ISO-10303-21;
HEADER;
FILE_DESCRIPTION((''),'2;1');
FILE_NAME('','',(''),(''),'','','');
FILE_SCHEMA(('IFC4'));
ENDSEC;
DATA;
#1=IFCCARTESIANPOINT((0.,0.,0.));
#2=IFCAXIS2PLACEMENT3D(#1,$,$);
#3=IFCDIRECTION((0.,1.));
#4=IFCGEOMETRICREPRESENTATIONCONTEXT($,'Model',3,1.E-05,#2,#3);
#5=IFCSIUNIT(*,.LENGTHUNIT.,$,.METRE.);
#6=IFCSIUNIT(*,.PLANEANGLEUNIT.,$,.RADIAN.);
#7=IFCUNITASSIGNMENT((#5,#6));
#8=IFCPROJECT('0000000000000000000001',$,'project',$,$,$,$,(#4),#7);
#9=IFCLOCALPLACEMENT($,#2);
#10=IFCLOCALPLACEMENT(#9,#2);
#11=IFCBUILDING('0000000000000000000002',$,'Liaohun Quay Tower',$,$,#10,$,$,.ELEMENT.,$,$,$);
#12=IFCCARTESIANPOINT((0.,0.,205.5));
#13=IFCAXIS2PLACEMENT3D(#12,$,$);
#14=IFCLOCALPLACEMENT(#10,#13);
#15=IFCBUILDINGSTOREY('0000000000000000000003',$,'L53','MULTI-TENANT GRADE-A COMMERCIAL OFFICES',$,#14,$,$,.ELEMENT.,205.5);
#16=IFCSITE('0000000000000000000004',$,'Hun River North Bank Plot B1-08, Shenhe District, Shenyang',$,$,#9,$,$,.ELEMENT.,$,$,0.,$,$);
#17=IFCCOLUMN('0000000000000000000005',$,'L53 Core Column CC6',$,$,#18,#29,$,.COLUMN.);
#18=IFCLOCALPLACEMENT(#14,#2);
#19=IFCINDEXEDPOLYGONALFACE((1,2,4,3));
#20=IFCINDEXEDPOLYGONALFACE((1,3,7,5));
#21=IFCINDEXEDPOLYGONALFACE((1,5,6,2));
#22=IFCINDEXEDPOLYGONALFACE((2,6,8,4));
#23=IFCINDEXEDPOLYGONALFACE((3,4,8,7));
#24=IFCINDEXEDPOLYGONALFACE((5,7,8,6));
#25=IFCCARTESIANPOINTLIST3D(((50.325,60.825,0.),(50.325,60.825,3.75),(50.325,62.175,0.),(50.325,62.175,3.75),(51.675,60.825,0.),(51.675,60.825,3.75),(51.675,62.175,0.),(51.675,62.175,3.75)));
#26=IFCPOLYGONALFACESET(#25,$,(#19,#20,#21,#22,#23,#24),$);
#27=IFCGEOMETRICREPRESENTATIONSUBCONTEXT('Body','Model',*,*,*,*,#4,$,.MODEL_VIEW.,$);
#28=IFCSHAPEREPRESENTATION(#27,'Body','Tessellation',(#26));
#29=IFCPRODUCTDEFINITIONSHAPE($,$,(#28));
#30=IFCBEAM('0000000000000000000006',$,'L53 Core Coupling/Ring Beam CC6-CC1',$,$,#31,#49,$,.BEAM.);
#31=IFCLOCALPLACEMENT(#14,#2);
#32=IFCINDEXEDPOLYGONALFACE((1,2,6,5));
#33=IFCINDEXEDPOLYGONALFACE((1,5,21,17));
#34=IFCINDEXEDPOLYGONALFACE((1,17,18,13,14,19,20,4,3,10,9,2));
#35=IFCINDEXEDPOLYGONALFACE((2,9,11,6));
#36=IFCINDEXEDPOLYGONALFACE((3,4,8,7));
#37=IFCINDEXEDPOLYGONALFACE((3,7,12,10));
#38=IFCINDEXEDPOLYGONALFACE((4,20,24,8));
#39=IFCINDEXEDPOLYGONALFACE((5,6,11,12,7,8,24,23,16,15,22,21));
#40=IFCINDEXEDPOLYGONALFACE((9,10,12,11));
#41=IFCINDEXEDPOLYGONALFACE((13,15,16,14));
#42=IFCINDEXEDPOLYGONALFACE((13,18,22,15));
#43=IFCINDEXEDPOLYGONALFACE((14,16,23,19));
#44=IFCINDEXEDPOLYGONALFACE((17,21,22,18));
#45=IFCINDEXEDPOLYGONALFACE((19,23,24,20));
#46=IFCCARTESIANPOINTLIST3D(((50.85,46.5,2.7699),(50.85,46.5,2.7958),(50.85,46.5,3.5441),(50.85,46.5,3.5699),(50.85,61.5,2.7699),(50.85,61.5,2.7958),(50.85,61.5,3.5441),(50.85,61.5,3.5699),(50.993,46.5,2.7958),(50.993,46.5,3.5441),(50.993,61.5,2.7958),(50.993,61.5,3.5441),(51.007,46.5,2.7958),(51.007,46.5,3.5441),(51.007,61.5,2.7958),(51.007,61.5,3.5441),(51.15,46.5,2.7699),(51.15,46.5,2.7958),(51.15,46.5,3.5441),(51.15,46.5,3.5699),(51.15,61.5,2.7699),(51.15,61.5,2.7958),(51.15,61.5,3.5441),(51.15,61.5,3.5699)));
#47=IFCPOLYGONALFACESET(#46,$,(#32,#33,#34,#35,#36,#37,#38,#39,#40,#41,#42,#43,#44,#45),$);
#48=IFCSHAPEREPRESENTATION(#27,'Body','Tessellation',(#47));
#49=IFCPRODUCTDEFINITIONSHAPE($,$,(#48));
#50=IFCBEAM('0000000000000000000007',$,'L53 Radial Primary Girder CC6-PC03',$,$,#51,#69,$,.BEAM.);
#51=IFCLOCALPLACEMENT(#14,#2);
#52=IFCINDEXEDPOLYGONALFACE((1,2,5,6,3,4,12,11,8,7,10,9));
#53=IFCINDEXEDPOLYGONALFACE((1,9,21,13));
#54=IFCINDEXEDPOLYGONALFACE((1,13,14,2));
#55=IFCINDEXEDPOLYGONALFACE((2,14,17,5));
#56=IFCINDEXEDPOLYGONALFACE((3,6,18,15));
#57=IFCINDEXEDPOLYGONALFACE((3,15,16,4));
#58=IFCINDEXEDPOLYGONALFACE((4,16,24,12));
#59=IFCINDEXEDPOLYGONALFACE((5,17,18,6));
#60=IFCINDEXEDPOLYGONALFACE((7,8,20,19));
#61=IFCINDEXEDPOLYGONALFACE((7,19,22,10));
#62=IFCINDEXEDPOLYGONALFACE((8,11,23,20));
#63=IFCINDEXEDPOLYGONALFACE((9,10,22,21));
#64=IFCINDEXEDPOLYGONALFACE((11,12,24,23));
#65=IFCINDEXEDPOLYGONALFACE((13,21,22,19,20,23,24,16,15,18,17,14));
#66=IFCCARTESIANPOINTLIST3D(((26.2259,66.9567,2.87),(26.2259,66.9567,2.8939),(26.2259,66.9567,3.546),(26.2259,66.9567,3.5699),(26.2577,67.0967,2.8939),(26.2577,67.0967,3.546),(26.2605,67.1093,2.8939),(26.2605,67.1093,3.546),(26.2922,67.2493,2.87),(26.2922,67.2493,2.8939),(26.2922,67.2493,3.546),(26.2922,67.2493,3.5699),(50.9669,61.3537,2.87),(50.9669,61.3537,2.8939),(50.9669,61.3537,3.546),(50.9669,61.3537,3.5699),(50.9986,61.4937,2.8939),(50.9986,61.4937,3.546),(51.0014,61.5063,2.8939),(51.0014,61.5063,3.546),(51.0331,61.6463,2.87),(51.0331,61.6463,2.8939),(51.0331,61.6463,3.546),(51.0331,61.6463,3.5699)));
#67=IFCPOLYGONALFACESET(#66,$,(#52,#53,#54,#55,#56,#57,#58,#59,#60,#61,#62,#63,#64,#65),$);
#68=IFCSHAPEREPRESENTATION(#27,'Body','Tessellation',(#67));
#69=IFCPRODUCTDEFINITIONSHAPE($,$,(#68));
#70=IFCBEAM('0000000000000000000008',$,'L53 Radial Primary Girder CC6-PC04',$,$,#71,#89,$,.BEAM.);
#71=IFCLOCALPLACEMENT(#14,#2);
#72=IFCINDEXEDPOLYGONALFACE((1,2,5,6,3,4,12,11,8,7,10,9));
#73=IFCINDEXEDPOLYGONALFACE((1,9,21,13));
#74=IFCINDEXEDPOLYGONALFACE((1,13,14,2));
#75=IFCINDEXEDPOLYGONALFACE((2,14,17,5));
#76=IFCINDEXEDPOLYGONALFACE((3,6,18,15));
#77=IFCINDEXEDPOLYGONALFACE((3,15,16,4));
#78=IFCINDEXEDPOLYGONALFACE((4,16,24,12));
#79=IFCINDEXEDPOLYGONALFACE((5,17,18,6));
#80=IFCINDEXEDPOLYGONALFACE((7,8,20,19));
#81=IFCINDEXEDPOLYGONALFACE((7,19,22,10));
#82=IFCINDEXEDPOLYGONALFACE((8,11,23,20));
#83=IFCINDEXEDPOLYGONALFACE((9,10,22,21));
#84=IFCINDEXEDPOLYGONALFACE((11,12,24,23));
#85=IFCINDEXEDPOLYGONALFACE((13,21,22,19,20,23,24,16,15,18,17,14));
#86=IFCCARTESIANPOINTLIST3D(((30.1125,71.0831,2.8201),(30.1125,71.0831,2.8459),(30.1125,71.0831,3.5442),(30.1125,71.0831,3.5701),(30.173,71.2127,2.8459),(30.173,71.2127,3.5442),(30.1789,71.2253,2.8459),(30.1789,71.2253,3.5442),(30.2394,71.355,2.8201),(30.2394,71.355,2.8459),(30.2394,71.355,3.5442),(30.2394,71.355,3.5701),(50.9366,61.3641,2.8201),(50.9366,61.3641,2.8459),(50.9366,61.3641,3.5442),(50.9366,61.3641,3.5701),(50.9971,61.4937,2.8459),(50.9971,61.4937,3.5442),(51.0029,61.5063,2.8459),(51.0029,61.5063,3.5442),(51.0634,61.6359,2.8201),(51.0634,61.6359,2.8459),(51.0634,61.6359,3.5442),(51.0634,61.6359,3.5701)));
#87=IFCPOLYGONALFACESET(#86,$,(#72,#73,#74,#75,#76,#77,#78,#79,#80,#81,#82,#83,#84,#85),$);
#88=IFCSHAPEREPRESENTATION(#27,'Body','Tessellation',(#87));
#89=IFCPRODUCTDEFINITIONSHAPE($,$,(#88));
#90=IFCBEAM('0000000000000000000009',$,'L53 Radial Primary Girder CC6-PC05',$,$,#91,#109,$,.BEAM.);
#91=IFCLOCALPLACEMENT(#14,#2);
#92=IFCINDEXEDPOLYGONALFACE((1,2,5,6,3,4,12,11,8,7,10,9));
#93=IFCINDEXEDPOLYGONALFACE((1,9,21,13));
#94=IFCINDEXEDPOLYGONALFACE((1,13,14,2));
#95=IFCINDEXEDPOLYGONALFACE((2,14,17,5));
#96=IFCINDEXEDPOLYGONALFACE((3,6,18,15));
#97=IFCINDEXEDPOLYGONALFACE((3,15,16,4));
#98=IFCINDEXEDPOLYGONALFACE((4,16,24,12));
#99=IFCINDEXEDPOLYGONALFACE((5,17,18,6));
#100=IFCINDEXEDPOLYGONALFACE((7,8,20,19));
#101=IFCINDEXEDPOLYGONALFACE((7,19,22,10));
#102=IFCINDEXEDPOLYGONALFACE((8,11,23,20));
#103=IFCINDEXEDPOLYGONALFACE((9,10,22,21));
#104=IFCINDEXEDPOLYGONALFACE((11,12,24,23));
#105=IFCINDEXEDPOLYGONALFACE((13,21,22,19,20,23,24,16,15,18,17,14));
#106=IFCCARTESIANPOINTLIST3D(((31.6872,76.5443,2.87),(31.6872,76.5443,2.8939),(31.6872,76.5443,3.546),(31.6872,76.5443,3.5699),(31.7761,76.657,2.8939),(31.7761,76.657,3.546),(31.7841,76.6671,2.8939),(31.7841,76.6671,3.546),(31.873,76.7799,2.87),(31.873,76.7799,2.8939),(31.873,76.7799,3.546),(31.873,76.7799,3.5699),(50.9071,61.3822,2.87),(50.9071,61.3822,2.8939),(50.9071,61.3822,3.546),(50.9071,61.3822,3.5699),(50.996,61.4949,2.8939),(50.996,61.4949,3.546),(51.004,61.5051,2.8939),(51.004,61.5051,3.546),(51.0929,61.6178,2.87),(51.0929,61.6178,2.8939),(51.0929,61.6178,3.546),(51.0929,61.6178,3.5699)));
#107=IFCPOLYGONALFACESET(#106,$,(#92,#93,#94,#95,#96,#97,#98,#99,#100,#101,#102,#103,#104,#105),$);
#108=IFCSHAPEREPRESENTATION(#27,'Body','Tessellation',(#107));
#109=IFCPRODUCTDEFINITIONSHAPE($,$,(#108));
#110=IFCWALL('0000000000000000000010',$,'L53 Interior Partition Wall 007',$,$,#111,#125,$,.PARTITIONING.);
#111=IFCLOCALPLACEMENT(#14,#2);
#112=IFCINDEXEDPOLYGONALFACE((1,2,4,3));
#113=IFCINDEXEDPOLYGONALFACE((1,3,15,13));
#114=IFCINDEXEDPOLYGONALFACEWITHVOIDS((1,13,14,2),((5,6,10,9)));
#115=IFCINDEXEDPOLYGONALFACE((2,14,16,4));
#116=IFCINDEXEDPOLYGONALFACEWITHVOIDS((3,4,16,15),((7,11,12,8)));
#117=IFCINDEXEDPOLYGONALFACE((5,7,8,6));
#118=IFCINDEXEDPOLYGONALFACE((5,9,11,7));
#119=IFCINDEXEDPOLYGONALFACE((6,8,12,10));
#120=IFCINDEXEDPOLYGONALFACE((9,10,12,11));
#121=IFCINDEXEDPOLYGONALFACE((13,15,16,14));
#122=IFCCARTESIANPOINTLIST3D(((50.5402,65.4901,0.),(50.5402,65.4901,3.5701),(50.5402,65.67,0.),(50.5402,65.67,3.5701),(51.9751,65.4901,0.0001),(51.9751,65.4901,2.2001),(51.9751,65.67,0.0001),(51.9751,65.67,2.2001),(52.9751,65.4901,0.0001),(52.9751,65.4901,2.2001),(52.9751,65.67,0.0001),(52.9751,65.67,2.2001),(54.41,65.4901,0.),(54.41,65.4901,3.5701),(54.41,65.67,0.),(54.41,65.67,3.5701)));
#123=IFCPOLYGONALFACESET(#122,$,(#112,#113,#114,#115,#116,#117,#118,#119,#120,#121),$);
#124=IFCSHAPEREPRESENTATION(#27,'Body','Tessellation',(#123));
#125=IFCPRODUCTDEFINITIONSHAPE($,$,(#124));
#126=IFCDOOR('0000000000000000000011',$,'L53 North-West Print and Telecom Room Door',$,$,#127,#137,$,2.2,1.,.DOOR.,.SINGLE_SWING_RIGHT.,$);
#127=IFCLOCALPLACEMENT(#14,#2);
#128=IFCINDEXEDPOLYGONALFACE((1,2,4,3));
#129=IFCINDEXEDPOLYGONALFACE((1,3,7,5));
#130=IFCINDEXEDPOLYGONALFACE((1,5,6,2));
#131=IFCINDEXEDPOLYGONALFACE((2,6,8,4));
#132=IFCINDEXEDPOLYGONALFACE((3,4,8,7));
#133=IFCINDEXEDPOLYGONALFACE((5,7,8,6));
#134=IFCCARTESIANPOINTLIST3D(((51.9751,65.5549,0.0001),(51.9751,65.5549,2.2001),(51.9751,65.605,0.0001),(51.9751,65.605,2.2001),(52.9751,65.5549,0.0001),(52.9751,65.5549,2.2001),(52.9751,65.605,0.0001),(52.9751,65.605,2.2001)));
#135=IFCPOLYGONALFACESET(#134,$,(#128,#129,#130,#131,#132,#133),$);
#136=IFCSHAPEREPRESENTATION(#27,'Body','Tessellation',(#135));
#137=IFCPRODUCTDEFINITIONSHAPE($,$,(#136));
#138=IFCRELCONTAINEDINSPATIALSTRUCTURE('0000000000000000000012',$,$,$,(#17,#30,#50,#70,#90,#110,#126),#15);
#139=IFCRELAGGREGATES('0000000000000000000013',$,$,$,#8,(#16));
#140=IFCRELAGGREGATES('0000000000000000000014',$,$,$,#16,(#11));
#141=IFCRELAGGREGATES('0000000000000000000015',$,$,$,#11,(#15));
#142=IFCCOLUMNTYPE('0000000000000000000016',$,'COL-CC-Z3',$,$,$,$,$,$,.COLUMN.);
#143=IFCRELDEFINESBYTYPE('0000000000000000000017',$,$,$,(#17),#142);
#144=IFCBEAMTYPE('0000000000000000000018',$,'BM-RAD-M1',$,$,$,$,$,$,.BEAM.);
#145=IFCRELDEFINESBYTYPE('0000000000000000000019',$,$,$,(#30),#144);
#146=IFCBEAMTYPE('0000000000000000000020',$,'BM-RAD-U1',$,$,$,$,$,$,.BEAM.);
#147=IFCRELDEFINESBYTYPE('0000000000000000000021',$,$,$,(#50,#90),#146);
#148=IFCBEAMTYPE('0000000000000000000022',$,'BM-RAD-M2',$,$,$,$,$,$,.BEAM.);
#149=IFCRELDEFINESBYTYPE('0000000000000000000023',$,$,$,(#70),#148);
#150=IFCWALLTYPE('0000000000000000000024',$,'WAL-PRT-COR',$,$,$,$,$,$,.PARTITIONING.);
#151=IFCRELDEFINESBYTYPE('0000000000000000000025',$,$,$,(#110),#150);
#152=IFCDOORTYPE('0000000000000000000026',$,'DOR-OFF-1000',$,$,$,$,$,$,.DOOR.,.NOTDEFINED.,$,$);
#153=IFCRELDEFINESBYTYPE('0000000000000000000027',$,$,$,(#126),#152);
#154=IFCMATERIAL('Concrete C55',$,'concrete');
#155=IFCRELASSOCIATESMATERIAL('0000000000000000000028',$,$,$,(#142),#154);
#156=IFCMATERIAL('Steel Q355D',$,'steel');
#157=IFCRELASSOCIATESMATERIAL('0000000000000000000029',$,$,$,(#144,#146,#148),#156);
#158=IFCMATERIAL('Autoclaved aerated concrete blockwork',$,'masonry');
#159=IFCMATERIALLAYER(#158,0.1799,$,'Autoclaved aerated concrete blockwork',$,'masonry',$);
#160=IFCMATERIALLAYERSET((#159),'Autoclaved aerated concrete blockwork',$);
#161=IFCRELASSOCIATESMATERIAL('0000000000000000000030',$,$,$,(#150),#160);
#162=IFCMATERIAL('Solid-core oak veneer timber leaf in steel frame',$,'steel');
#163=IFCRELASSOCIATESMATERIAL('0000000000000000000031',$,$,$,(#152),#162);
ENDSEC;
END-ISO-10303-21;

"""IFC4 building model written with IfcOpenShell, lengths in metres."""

from ifc_helpers import new_model, si_unit, direction, frame, frame_2d, origin, origin_2d, place, context, subcontext, project, spatial, rectangle, i_section, extrude, source, transform, mapped, material, layer, layer_set, material_profile, profile_set, type_object, element, fill, save


model = new_model("IFC4")

# Units and contexts
model_context = context("Model", 3, precision=1e-05, world=origin(), true_north=direction((0.0, 1.0)))
body_context = subcontext(model_context, "Body", "Model", "MODEL_VIEW")
ifc_project = project(units=[si_unit("LENGTHUNIT", "METRE"), si_unit("PLANEANGLEUNIT", "RADIAN")], contexts=[model_context])

# Site, building, storey
site_placement = place(None, origin())
site = spatial("IfcSite", under=ifc_project, at=site_placement, Name="Hun River North Bank Plot B1-08, Shenhe District, Shenyang", CompositionType="ELEMENT", RefElevation=0.0)
building_placement = place(site_placement, origin())
building = spatial("IfcBuilding", under=site, at=building_placement, Name="Liaohun Quay Tower", CompositionType="ELEMENT")
storey_placement = place(building_placement, frame((0.0, 0.0, 205.5)))
storey = spatial("IfcBuildingStorey", under=building, at=storey_placement, Name="L53", Description="MULTI-TENANT GRADE-A COMMERCIAL OFFICES", CompositionType="ELEMENT", Elevation=205.5)

# Column
ifc_material_1 = material(Name="Concrete C55", Category="concrete")
ifc_material_profile_1 = material_profile(ifc_material_1, rectangle(XDim=1.3501, YDim=1.3501, at=origin_2d()), Name="RC1350x1350")
ifc_profile_set_1 = profile_set([ifc_material_profile_1], Name="Concrete C55")
column_type = type_object("IfcColumnType", Name="COL-CC-Z3", PredefinedType="COLUMN", material=ifc_profile_set_1)
shared_shape_1 = source(origin(), body_context, "Body", "SweptSolid", [
    extrude(rectangle(XDim=1.3501, YDim=1.3501, at=origin_2d()), origin(), (0.0, 0.0, 1.0), 3.75),
])
column_placement = place(storey_placement, frame((51.0, 61.5, 0.0), z_axis=(0.0, 0.0, 1.0), x_axis=(1.0, 0.0, 0.0)))
element("IfcColumn", 1, at=column_placement, inside=storey, type_object=column_type, Name="L53 Core Column CC6", PredefinedType="COLUMN", context=body_context, shape_type="MappedRepresentation", body=[
    mapped(shared_shape_1, transform((0.0, 0.0, 0.0), x_axis=(1.0, 0.0, 0.0), y_axis=(0.0, 1.0, 0.0), z_axis=(0.0, 0.0, 1.0), scale=1.0)),
])

# Beams
ifc_material_2 = material(Name="Steel Q355D", Category="steel")
ifc_material_profile_2 = material_profile(ifc_material_2, i_section(OverallWidth=0.3, OverallDepth=0.8, WebThickness=0.0139, FlangeThickness=0.0259, at=origin_2d()), Name="HN800x300x14x26")
ifc_profile_set_2 = profile_set([ifc_material_profile_2], Name="Steel Q355D")
beam_type_1 = type_object("IfcBeamType", Name="BM-RAD-M1", PredefinedType="BEAM", material=ifc_profile_set_2)
shared_shape_2 = source(origin(), body_context, "Body", "SweptSolid", [
    extrude(i_section(OverallWidth=0.3, OverallDepth=0.8, WebThickness=0.0139, FlangeThickness=0.0259, at=origin_2d()), origin(), (0.0, 0.0, 1.0), 15.0),
])
beam_1_placement = place(storey_placement, frame((51.0, 61.5, 3.1699), z_axis=(0.0, -1.0, 0.0), x_axis=(1.0, 0.0, 0.0)))
element("IfcBeam", 2, at=beam_1_placement, inside=storey, type_object=beam_type_1, Name="L53 Core Coupling/Ring Beam CC6-CC1", PredefinedType="BEAM", context=body_context, shape_type="MappedRepresentation", body=[
    mapped(shared_shape_2, transform((0.0, 0.0, 0.0), x_axis=(1.0, 0.0, 0.0), y_axis=(0.0, 1.0, 0.0), z_axis=(0.0, 0.0, 1.0), scale=1.0)),
])
ifc_material_profile_3 = material_profile(ifc_material_2, i_section(OverallWidth=0.3, OverallDepth=0.7, WebThickness=0.0129, FlangeThickness=0.0239, at=origin_2d()), Name="HN700x300x13x24")
ifc_profile_set_3 = profile_set([ifc_material_profile_3], Name="Steel Q355D")
beam_type_2 = type_object("IfcBeamType", Name="BM-RAD-U1", PredefinedType="BEAM", material=ifc_profile_set_3)
shared_shape_3 = source(origin(), body_context, "Body", "SweptSolid", [
    extrude(i_section(OverallWidth=0.3, OverallDepth=0.7, WebThickness=0.0129, FlangeThickness=0.0239, at=origin_2d()), origin(), (0.0, 0.0, 1.0), 25.3674),
])
beam_2_placement = place(storey_placement, frame((51.0, 61.5, 3.22), z_axis=(-0.975302, 0.220874, 0.0), x_axis=(-0.220874, -0.975302, 0.0)))
element("IfcBeam", 3, at=beam_2_placement, inside=storey, type_object=beam_type_2, Name="L53 Radial Primary Girder CC6-PC03", PredefinedType="BEAM", context=body_context, shape_type="MappedRepresentation", body=[
    mapped(shared_shape_3, transform((0.0, 0.0, 0.0), x_axis=(1.0, 0.0, 0.0), y_axis=(0.0, 1.0, 0.0), z_axis=(0.0, 0.0, 1.0), scale=1.0)),
])
ifc_material_profile_4 = material_profile(ifc_material_2, i_section(OverallWidth=0.3, OverallDepth=0.75, WebThickness=0.0139, FlangeThickness=0.0259, at=origin_2d()), Name="HN750x300x14x26")
ifc_profile_set_4 = profile_set([ifc_material_profile_4], Name="Steel Q355D")
beam_type_3 = type_object("IfcBeamType", Name="BM-RAD-M2", PredefinedType="BEAM", material=ifc_profile_set_4)
shared_shape_4 = source(origin(), body_context, "Body", "SweptSolid", [
    extrude(i_section(OverallWidth=0.3, OverallDepth=0.75, WebThickness=0.0139, FlangeThickness=0.0259, at=origin_2d()), origin(), (0.0, 0.0, 1.0), 22.9805),
])
beam_3_placement = place(storey_placement, frame((51.0, 61.5, 3.1951), z_axis=(-0.906164, 0.422926, 0.0), x_axis=(-0.422926, -0.906164, 0.0)))
element("IfcBeam", 4, at=beam_3_placement, inside=storey, type_object=beam_type_3, Name="L53 Radial Primary Girder CC6-PC04", PredefinedType="BEAM", context=body_context, shape_type="MappedRepresentation", body=[
    mapped(shared_shape_4, transform((0.0, 0.0, 0.0), x_axis=(1.0, 0.0, 0.0), y_axis=(0.0, 1.0, 0.0), z_axis=(0.0, 0.0, 1.0), scale=1.0)),
])
shared_shape_5 = source(origin(), body_context, "Body", "SweptSolid", [
    extrude(i_section(OverallWidth=0.3, OverallDepth=0.7, WebThickness=0.0129, FlangeThickness=0.0239, at=origin_2d()), origin(), (0.0, 0.0, 1.0), 24.4805),
])
beam_4_placement = place(storey_placement, frame((51.0, 61.5, 3.22), z_axis=(-0.785112, 0.619354, 0.0), x_axis=(-0.619354, -0.785112, 0.0)))
element("IfcBeam", 5, at=beam_4_placement, inside=storey, type_object=beam_type_2, Name="L53 Radial Primary Girder CC6-PC05", PredefinedType="BEAM", context=body_context, shape_type="MappedRepresentation", body=[
    mapped(shared_shape_5, transform((0.0, 0.0, 0.0), x_axis=(1.0, 0.0, 0.0), y_axis=(0.0, 1.0, 0.0), z_axis=(0.0, 0.0, 1.0), scale=1.0)),
])

# Wall, opening, door
ifc_material_3 = material(Name="Autoclaved aerated concrete blockwork", Category="masonry")
ifc_layer_1 = layer(ifc_material_3, 0.1799, Name="Autoclaved aerated concrete blockwork", Category="masonry")
ifc_layer_set_1 = layer_set([ifc_layer_1], Name="Autoclaved aerated concrete blockwork")
wall_type_1 = type_object("IfcWallType", Name="WAL-PRT-COR", PredefinedType="PARTITIONING", material=ifc_layer_set_1)
wall_1_placement = place(storey_placement, frame((50.54, 65.5801, 0.0), z_axis=(0.0, 0.0, 1.0), x_axis=(1.0, 0.0, 0.0)))
wall_1 = element("IfcWall", 6, at=wall_1_placement, inside=storey, type_object=wall_type_1, Name="L53 Interior Partition Wall 007", PredefinedType="PARTITIONING", context=body_context, shape_type="SweptSolid", body=[
    extrude(rectangle(XDim=3.8699, YDim=0.1799, at=frame_2d((1.9351, 0.0))), origin(), (0.0, 0.0, 1.0), 3.5701),
])
shared_shape_6 = source(origin(), body_context, "Body", "SweptSolid", [
    extrude(rectangle(XDim=1.0, YDim=2.2, at=frame_2d((0.5, 1.1001))), frame((0.0, 0.0999, 0.0), z_axis=(0.0, -1.0, 0.0), x_axis=(1.0, 0.0, 0.0)), (0.0, 0.0, 1.0), 0.2),
])
opening_1_placement = place(wall_1_placement, frame((1.4351, 0.0, 0.0)))
opening_1 = element("IfcOpeningElement", 7, at=opening_1_placement, cuts=wall_1, PredefinedType="OPENING", context=body_context, shape_type="MappedRepresentation", body=[
    mapped(shared_shape_6, transform((0.0, 0.0, 0.0), x_axis=(1.0, 0.0, 0.0), y_axis=(0.0, 1.0, 0.0), z_axis=(0.0, 0.0, 1.0), scale=1.0)),
])
ifc_material_4 = material(Name="Solid-core oak veneer timber leaf in steel frame", Category="steel")
door_type_1 = type_object("IfcDoorType", Name="DOR-OFF-1000", OperationType="NOTDEFINED", PredefinedType="DOOR", material=ifc_material_4)
shared_shape_7 = source(origin(), body_context, "Body", "SweptSolid", [
    extrude(rectangle(XDim=1.0, YDim=2.2, at=frame_2d((0.5, 1.1001))), frame((0.0, 0.0249, 0.0), z_axis=(0.0, -1.0, 0.0), x_axis=(1.0, 0.0, 0.0)), (0.0, 0.0, 1.0), 0.05),
])
door_1_placement = place(opening_1_placement, origin())
door_1 = element("IfcDoor", 8, at=door_1_placement, inside=storey, type_object=door_type_1, Name="L53 North-West Print and Telecom Room Door", OperationType="SINGLE_SWING_RIGHT", OverallHeight=2.2, OverallWidth=1.0, PredefinedType="DOOR", context=body_context, shape_type="MappedRepresentation", body=[
    mapped(shared_shape_7, transform((0.0, 0.0, 0.0), x_axis=(1.0, 0.0, 0.0), y_axis=(0.0, 1.0, 0.0), z_axis=(0.0, 0.0, 1.0), scale=1.0)),
])
fill(opening_1, door_1)

save(model, "model.ifc")
